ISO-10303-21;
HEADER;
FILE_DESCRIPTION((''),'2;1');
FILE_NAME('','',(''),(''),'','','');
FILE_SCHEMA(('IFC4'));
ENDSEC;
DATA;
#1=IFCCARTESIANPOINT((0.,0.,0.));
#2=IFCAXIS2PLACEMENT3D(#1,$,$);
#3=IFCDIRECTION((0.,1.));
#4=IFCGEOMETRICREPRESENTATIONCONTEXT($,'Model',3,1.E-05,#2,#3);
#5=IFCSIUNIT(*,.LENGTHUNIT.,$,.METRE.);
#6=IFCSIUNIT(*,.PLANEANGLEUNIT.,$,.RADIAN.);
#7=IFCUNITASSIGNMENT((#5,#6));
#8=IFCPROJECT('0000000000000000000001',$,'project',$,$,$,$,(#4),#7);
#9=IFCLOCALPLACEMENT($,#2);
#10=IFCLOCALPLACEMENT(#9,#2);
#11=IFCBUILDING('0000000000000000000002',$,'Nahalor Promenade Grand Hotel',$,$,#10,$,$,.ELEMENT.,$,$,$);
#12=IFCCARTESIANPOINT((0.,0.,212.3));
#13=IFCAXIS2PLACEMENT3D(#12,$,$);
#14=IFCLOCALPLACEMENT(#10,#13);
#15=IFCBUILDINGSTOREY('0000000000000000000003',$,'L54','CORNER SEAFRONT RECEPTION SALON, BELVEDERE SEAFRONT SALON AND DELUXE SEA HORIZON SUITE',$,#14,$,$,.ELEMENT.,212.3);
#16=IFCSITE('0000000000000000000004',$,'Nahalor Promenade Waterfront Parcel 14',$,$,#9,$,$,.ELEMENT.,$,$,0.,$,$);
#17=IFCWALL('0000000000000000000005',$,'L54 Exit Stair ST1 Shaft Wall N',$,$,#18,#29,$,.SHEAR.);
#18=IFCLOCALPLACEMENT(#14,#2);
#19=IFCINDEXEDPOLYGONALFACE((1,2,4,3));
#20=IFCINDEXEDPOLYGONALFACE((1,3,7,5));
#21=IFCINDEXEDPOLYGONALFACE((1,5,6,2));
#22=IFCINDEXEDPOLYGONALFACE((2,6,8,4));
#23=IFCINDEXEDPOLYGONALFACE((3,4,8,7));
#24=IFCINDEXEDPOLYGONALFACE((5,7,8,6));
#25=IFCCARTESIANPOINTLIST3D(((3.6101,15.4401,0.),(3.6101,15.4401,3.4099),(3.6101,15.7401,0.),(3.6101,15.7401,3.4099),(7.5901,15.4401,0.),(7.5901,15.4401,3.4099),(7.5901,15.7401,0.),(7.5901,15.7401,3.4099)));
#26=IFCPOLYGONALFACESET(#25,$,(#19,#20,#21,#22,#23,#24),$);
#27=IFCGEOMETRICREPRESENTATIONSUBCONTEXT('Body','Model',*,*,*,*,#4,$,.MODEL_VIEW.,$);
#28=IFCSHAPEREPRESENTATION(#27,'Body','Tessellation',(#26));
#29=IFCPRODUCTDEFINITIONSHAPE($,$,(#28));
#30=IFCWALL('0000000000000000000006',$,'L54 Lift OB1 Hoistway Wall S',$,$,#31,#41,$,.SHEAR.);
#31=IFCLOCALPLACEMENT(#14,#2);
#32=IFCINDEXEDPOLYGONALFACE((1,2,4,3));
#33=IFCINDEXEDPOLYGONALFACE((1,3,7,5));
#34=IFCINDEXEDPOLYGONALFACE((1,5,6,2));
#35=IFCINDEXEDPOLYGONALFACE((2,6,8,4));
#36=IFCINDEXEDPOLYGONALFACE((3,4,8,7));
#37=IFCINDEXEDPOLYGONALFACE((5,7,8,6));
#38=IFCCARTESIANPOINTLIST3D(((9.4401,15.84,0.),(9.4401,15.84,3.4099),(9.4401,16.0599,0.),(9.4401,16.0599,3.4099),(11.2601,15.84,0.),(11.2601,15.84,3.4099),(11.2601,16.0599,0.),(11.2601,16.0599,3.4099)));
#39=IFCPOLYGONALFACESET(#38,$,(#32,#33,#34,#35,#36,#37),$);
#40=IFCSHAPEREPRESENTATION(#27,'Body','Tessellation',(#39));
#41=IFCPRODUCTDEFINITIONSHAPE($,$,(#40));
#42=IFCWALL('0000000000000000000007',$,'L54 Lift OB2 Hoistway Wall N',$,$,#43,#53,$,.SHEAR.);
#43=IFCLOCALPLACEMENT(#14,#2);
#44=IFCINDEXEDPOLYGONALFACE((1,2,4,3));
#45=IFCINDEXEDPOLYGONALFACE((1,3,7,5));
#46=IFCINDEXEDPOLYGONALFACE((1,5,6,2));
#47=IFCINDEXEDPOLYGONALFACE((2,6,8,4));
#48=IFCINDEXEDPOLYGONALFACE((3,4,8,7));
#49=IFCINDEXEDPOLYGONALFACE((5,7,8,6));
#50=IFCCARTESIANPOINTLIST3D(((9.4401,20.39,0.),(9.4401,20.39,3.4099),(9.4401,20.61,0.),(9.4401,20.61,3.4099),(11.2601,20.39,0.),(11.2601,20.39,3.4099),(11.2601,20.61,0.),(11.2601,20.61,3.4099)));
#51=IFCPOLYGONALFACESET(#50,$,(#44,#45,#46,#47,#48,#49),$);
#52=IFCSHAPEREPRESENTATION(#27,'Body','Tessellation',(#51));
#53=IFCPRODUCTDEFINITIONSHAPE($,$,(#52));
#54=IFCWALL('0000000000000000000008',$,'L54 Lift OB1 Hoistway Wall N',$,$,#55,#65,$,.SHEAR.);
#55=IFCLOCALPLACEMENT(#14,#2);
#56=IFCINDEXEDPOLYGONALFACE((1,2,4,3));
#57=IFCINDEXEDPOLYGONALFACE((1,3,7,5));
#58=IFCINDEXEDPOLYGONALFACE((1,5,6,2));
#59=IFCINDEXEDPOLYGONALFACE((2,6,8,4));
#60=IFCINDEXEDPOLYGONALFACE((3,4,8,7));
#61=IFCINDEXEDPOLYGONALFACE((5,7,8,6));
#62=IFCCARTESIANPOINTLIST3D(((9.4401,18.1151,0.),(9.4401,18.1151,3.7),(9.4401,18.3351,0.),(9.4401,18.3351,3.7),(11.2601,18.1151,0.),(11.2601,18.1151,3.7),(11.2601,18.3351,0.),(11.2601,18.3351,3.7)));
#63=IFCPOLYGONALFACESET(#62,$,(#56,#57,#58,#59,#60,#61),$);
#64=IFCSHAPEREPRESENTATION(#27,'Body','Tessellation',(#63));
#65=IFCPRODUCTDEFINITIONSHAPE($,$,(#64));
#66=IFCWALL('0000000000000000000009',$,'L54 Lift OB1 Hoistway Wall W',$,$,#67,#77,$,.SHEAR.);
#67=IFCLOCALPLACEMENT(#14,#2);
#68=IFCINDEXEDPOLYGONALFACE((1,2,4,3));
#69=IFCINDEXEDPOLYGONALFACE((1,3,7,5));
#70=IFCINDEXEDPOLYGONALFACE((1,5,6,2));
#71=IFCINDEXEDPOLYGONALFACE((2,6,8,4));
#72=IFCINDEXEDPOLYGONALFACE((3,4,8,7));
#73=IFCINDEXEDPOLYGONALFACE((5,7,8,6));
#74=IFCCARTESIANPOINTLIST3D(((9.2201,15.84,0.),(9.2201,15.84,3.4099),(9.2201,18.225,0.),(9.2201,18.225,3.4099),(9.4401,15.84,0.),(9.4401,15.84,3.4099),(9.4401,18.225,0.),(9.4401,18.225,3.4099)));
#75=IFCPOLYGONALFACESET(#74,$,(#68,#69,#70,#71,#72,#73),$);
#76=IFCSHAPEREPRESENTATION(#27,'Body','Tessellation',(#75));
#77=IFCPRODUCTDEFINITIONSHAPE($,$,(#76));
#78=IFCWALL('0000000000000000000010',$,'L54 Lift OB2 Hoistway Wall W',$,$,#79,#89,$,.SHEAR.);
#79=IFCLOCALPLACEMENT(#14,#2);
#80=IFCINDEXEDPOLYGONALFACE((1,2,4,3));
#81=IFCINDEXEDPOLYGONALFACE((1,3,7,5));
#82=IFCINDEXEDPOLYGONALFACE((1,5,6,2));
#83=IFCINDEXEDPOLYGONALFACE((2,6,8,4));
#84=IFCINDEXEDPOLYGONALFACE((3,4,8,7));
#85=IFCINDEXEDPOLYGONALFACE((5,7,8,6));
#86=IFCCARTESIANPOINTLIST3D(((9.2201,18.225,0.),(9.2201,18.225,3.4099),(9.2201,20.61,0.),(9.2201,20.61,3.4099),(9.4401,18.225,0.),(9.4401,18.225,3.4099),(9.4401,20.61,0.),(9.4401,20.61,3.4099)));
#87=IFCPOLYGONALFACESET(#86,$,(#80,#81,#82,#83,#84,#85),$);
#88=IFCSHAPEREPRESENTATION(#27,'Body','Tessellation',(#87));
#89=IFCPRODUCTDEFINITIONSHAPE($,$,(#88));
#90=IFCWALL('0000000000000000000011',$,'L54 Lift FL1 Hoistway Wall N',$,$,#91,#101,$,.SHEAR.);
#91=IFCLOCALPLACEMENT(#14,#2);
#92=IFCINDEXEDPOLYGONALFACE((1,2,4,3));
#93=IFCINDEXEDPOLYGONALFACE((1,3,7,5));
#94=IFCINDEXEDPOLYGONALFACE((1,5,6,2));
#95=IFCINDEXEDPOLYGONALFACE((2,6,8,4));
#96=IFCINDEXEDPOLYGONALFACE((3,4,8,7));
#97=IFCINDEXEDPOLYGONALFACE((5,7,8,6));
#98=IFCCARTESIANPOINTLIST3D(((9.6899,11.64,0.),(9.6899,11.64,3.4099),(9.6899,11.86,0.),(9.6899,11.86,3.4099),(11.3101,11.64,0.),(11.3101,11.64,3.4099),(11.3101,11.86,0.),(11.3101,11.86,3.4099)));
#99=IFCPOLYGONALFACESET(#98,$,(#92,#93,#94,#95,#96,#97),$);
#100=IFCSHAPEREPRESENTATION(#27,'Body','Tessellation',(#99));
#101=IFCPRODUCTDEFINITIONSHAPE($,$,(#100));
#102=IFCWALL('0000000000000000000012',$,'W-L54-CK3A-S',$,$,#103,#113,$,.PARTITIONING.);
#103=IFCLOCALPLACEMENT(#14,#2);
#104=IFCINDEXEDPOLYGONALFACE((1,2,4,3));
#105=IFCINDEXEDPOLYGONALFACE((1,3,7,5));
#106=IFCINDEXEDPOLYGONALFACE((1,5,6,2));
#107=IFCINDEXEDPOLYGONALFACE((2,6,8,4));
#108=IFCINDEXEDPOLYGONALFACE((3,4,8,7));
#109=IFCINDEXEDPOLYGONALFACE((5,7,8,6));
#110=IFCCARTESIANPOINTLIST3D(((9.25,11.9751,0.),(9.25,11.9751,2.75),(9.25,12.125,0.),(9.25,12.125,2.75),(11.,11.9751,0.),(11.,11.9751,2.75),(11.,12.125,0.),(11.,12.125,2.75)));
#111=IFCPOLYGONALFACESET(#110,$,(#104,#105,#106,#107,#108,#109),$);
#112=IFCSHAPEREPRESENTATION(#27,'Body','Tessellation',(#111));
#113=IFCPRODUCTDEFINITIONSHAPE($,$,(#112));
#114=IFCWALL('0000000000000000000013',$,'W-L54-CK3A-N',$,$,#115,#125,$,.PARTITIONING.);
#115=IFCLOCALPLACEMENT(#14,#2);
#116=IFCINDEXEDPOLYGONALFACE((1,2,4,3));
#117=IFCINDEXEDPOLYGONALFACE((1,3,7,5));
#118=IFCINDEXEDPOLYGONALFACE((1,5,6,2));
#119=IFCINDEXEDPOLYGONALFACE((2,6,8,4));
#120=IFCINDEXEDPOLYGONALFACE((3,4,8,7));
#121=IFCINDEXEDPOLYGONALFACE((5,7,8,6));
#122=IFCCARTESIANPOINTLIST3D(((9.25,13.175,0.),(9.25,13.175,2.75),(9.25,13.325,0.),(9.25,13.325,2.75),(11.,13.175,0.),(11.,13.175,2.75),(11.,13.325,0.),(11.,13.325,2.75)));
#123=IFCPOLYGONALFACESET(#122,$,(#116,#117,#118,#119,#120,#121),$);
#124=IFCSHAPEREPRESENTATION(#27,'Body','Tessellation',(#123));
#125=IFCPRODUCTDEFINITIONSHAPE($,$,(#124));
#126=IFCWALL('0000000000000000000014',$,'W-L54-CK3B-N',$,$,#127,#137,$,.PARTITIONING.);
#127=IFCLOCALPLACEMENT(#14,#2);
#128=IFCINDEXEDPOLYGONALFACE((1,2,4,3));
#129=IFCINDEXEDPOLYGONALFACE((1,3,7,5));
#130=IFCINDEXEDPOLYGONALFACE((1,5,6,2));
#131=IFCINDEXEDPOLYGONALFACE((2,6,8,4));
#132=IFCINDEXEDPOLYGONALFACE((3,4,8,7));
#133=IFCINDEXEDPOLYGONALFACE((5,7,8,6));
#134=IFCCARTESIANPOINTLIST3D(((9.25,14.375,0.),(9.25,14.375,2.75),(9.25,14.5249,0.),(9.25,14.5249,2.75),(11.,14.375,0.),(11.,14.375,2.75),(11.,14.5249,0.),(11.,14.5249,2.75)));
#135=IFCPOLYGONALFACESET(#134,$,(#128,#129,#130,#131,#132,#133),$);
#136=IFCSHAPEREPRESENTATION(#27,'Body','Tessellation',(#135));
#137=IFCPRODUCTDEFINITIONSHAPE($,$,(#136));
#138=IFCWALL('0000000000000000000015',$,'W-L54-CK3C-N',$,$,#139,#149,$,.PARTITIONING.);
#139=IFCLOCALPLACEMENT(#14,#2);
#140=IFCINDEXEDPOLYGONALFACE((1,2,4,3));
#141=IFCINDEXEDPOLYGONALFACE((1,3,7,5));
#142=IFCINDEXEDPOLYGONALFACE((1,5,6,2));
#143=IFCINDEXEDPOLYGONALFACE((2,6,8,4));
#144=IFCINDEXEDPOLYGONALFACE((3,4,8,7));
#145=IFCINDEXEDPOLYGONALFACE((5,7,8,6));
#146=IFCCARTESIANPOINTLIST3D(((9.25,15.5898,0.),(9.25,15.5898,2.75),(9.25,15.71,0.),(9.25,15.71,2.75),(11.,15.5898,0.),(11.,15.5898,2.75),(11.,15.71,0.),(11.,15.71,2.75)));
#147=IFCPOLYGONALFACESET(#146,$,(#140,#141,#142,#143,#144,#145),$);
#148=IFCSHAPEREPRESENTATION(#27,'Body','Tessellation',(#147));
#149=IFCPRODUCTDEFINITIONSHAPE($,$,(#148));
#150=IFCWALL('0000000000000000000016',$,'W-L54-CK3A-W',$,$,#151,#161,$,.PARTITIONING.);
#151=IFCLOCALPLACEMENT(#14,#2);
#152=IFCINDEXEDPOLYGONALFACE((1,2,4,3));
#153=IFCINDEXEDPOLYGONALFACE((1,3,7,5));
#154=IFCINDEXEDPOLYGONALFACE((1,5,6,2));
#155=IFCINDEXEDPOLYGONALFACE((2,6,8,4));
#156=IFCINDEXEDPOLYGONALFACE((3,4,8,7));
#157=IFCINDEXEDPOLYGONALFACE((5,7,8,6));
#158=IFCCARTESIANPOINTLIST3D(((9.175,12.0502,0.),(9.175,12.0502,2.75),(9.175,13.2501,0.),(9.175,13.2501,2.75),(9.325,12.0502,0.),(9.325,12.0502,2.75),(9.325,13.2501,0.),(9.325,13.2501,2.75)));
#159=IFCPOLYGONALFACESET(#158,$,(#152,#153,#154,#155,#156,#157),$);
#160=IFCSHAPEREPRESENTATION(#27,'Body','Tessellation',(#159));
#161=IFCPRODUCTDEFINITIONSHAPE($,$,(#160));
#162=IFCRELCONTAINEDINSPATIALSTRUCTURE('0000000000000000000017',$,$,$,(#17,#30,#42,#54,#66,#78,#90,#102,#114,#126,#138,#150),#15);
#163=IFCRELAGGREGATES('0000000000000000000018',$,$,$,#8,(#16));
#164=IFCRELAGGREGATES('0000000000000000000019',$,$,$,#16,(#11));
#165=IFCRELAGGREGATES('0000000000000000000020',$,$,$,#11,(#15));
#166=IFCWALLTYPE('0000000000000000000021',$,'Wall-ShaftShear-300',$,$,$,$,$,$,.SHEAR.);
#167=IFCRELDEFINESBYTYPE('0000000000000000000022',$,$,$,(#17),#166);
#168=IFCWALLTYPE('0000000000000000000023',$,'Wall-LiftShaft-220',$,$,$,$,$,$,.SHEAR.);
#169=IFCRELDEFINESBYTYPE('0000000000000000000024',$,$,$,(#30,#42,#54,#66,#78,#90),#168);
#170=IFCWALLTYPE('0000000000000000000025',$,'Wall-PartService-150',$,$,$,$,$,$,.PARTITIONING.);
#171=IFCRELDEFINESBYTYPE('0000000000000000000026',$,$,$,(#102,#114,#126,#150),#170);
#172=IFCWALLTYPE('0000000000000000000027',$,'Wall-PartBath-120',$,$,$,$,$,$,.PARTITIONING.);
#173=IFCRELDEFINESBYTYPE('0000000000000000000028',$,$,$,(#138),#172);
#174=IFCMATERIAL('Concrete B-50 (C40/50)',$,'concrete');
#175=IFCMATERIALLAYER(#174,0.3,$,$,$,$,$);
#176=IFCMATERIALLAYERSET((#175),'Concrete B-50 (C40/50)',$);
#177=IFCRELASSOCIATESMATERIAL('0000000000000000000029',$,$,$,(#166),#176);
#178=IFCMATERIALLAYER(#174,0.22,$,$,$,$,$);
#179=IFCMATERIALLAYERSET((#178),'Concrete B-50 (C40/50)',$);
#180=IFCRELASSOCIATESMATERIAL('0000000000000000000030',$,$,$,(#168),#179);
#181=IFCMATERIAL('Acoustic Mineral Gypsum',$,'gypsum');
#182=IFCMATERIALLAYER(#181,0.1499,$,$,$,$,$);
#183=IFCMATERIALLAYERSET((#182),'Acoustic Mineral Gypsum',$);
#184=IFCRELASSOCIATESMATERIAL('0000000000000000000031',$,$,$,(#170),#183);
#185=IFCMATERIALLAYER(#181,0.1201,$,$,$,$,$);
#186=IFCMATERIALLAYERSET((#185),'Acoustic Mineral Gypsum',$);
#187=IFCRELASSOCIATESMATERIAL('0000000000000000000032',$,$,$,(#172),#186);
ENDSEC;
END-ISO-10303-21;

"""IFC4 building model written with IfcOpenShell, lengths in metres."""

from ifc_helpers import new_model, si_unit, direction, frame, frame_2d, origin, place, context, subcontext, project, spatial, rectangle, extrude, source, transform, mapped, material, layer, layer_set, type_object, element, save


model = new_model("IFC4")

# Units and contexts
model_context = context("Model", 3, precision=1e-05, world=origin(), true_north=direction((0.0, 1.0)))
body_context = subcontext(model_context, "Body", "Model", "MODEL_VIEW")
ifc_project = project(units=[si_unit("LENGTHUNIT", "METRE"), si_unit("PLANEANGLEUNIT", "RADIAN")], contexts=[model_context])

# Site, building, storey
site_placement = place(None, origin())
site = spatial("IfcSite", under=ifc_project, at=site_placement, Name="Nahalor Promenade Waterfront Parcel 14", CompositionType="ELEMENT", RefElevation=0.0)
building_placement = place(site_placement, origin())
building = spatial("IfcBuilding", under=site, at=building_placement, Name="Nahalor Promenade Grand Hotel", CompositionType="ELEMENT")
storey_placement = place(building_placement, frame((0.0, 0.0, 212.3)))
storey = spatial("IfcBuildingStorey", under=building, at=storey_placement, Name="L54", Description="CORNER SEAFRONT RECEPTION SALON, BELVEDERE SEAFRONT SALON AND DELUXE SEA HORIZON SUITE", CompositionType="ELEMENT", Elevation=212.3)

# Walls
ifc_material_1 = material(Name="Concrete B-50 (C40/50)", Category="concrete")
ifc_layer_1 = layer(ifc_material_1, 0.3)
ifc_layer_set_1 = layer_set([ifc_layer_1], Name="Concrete B-50 (C40/50)")
wall_type_1 = type_object("IfcWallType", Name="Wall-ShaftShear-300", PredefinedType="SHEAR", material=ifc_layer_set_1)
shared_shape_1 = source(origin(), body_context, "Body", "SweptSolid", [
    extrude(rectangle(XDim=3.98, YDim=0.3, at=frame_2d((1.99, 0.0))), origin(), (0.0, 0.0, 1.0), 3.4099),
])
wall_1_placement = place(storey_placement, frame((3.6101, 15.5901, 0.0), z_axis=(0.0, 0.0, 1.0), x_axis=(1.0, 0.0, 0.0)))
element("IfcWall", 1, at=wall_1_placement, inside=storey, type_object=wall_type_1, Name="L54 Exit Stair ST1 Shaft Wall N", PredefinedType="SHEAR", context=body_context, shape_type="MappedRepresentation", body=[
    mapped(shared_shape_1, transform((0.0, 0.0, 0.0), scale=1.0)),
])
ifc_layer_2 = layer(ifc_material_1, 0.22)
ifc_layer_set_2 = layer_set([ifc_layer_2], Name="Concrete B-50 (C40/50)")
wall_type_2 = type_object("IfcWallType", Name="Wall-LiftShaft-220", PredefinedType="SHEAR", material=ifc_layer_set_2)
shared_shape_2 = source(origin(), body_context, "Body", "SweptSolid", [
    extrude(rectangle(XDim=1.8201, YDim=0.22, at=frame_2d((0.9102, 0.0))), origin(), (0.0, 0.0, 1.0), 3.4099),
])
for number, where, z_axis, x_axis, name in (
    (2, (9.4399, 15.95, 0.0), (0.0, 0.0, 1.0), (1.0, 0.0, 0.0), "L54 Lift OB1 Hoistway Wall S"),
    (3, (9.4399, 20.5, 0.0), (0.0, 0.0, 1.0), (1.0, 0.0, 0.0), "L54 Lift OB2 Hoistway Wall N"),
):
    element("IfcWall", number, at=place(storey_placement, frame(where, z_axis=z_axis, x_axis=x_axis)), inside=storey, type_object=wall_type_2, Name=name, PredefinedType="SHEAR", context=body_context, shape_type="MappedRepresentation", body=[
        mapped(shared_shape_2, transform((0.0, 0.0, 0.0), scale=1.0)),
    ])
shared_shape_3 = source(origin(), body_context, "Body", "SweptSolid", [
    extrude(rectangle(XDim=1.8201, YDim=0.22, at=frame_2d((0.9102, 0.0))), origin(), (0.0, 0.0, 1.0), 3.7),
])
wall_2_placement = place(storey_placement, frame((9.4399, 18.2251, 0.0), z_axis=(0.0, 0.0, 1.0), x_axis=(1.0, 0.0, 0.0)))
element("IfcWall", 4, at=wall_2_placement, inside=storey, type_object=wall_type_2, Name="L54 Lift OB1 Hoistway Wall N", PredefinedType="SHEAR", context=body_context, shape_type="MappedRepresentation", body=[
    mapped(shared_shape_3, transform((0.0, 0.0, 0.0), scale=1.0)),
])
shared_shape_4 = source(origin(), body_context, "Body", "SweptSolid", [
    extrude(rectangle(XDim=2.385, YDim=0.22, at=frame_2d((1.1924, 0.0))), origin(), (0.0, 0.0, 1.0), 3.4099),
])
for number, where, z_axis, x_axis, name in (
    (5, (9.3301, 15.8401, 0.0), (0.0, 0.0, 1.0), (0.0, 1.0, 0.0), "L54 Lift OB1 Hoistway Wall W"),
    (6, (9.3301, 18.2251, 0.0), (0.0, 0.0, 1.0), (0.0, 1.0, 0.0), "L54 Lift OB2 Hoistway Wall W"),
):
    element("IfcWall", number, at=place(storey_placement, frame(where, z_axis=z_axis, x_axis=x_axis)), inside=storey, type_object=wall_type_2, Name=name, PredefinedType="SHEAR", context=body_context, shape_type="MappedRepresentation", body=[
        mapped(shared_shape_4, transform((0.0, 0.0, 0.0), scale=1.0)),
    ])
shared_shape_5 = source(origin(), body_context, "Body", "SweptSolid", [
    extrude(rectangle(XDim=1.6201, YDim=0.22, at=frame_2d((0.8101, 0.0))), origin(), (0.0, 0.0, 1.0), 3.4099),
])
wall_3_placement = place(storey_placement, frame((9.6899, 11.75, 0.0), z_axis=(0.0, 0.0, 1.0), x_axis=(1.0, 0.0, 0.0)))
element("IfcWall", 7, at=wall_3_placement, inside=storey, type_object=wall_type_2, Name="L54 Lift FL1 Hoistway Wall N", PredefinedType="SHEAR", context=body_context, shape_type="MappedRepresentation", body=[
    mapped(shared_shape_5, transform((0.0, 0.0, 0.0), scale=1.0)),
])
ifc_material_2 = material(Name="Acoustic Mineral Gypsum", Category="gypsum")
ifc_layer_3 = layer(ifc_material_2, 0.1499)
ifc_layer_set_3 = layer_set([ifc_layer_3], Name="Acoustic Mineral Gypsum")
wall_type_3 = type_object("IfcWallType", Name="Wall-PartService-150", PredefinedType="PARTITIONING", material=ifc_layer_set_3)
shared_shape_6 = source(origin(), body_context, "Body", "SweptSolid", [
    extrude(rectangle(XDim=1.75, YDim=0.1499, at=frame_2d((0.875, 0.0))), origin(), (0.0, 0.0, 1.0), 2.75),
])
for number, where, z_axis, x_axis, name in (
    (8, (9.25, 12.05, 0.0), (0.0, 0.0, 1.0), (1.0, 0.0, 0.0), "W-L54-CK3A-S"),
    (9, (9.25, 13.25, 0.0), (0.0, 0.0, 1.0), (1.0, 0.0, 0.0), "W-L54-CK3A-N"),
    (10, (9.25, 14.45, 0.0), (0.0, 0.0, 1.0), (1.0, 0.0, 0.0), "W-L54-CK3B-N"),
):
    element("IfcWall", number, at=place(storey_placement, frame(where, z_axis=z_axis, x_axis=x_axis)), inside=storey, type_object=wall_type_3, Name=name, PredefinedType="PARTITIONING", context=body_context, shape_type="MappedRepresentation", body=[
        mapped(shared_shape_6, transform((0.0, 0.0, 0.0), scale=1.0)),
    ])
ifc_layer_4 = layer(ifc_material_2, 0.1201)
ifc_layer_set_4 = layer_set([ifc_layer_4], Name="Acoustic Mineral Gypsum")
wall_type_4 = type_object("IfcWallType", Name="Wall-PartBath-120", PredefinedType="PARTITIONING", material=ifc_layer_set_4)
shared_shape_7 = source(origin(), body_context, "Body", "SweptSolid", [
    extrude(rectangle(XDim=1.75, YDim=0.1201, at=frame_2d((0.875, 0.0))), origin(), (0.0, 0.0, 1.0), 2.75),
])
wall_4_placement = place(storey_placement, frame((9.25, 15.6499, 0.0), z_axis=(0.0, 0.0, 1.0), x_axis=(1.0, 0.0, 0.0)))
element("IfcWall", 11, at=wall_4_placement, inside=storey, type_object=wall_type_4, Name="W-L54-CK3C-N", PredefinedType="PARTITIONING", context=body_context, shape_type="MappedRepresentation", body=[
    mapped(shared_shape_7, transform((0.0, 0.0, 0.0), scale=1.0)),
])
shared_shape_8 = source(origin(), body_context, "Body", "SweptSolid", [
    extrude(rectangle(XDim=1.2, YDim=0.1499, at=frame_2d((0.6001, 0.0))), origin(), (0.0, 0.0, 1.0), 2.75),
])
wall_5_placement = place(storey_placement, frame((9.25, 12.05, 0.0), z_axis=(0.0, 0.0, 1.0), x_axis=(0.0, 1.0, 0.0)))
element("IfcWall", 12, at=wall_5_placement, inside=storey, type_object=wall_type_3, Name="W-L54-CK3A-W", PredefinedType="PARTITIONING", context=body_context, shape_type="MappedRepresentation", body=[
    mapped(shared_shape_8, transform((0.0, 0.0, 0.0), scale=1.0)),
])

save(model, "model.ifc")
